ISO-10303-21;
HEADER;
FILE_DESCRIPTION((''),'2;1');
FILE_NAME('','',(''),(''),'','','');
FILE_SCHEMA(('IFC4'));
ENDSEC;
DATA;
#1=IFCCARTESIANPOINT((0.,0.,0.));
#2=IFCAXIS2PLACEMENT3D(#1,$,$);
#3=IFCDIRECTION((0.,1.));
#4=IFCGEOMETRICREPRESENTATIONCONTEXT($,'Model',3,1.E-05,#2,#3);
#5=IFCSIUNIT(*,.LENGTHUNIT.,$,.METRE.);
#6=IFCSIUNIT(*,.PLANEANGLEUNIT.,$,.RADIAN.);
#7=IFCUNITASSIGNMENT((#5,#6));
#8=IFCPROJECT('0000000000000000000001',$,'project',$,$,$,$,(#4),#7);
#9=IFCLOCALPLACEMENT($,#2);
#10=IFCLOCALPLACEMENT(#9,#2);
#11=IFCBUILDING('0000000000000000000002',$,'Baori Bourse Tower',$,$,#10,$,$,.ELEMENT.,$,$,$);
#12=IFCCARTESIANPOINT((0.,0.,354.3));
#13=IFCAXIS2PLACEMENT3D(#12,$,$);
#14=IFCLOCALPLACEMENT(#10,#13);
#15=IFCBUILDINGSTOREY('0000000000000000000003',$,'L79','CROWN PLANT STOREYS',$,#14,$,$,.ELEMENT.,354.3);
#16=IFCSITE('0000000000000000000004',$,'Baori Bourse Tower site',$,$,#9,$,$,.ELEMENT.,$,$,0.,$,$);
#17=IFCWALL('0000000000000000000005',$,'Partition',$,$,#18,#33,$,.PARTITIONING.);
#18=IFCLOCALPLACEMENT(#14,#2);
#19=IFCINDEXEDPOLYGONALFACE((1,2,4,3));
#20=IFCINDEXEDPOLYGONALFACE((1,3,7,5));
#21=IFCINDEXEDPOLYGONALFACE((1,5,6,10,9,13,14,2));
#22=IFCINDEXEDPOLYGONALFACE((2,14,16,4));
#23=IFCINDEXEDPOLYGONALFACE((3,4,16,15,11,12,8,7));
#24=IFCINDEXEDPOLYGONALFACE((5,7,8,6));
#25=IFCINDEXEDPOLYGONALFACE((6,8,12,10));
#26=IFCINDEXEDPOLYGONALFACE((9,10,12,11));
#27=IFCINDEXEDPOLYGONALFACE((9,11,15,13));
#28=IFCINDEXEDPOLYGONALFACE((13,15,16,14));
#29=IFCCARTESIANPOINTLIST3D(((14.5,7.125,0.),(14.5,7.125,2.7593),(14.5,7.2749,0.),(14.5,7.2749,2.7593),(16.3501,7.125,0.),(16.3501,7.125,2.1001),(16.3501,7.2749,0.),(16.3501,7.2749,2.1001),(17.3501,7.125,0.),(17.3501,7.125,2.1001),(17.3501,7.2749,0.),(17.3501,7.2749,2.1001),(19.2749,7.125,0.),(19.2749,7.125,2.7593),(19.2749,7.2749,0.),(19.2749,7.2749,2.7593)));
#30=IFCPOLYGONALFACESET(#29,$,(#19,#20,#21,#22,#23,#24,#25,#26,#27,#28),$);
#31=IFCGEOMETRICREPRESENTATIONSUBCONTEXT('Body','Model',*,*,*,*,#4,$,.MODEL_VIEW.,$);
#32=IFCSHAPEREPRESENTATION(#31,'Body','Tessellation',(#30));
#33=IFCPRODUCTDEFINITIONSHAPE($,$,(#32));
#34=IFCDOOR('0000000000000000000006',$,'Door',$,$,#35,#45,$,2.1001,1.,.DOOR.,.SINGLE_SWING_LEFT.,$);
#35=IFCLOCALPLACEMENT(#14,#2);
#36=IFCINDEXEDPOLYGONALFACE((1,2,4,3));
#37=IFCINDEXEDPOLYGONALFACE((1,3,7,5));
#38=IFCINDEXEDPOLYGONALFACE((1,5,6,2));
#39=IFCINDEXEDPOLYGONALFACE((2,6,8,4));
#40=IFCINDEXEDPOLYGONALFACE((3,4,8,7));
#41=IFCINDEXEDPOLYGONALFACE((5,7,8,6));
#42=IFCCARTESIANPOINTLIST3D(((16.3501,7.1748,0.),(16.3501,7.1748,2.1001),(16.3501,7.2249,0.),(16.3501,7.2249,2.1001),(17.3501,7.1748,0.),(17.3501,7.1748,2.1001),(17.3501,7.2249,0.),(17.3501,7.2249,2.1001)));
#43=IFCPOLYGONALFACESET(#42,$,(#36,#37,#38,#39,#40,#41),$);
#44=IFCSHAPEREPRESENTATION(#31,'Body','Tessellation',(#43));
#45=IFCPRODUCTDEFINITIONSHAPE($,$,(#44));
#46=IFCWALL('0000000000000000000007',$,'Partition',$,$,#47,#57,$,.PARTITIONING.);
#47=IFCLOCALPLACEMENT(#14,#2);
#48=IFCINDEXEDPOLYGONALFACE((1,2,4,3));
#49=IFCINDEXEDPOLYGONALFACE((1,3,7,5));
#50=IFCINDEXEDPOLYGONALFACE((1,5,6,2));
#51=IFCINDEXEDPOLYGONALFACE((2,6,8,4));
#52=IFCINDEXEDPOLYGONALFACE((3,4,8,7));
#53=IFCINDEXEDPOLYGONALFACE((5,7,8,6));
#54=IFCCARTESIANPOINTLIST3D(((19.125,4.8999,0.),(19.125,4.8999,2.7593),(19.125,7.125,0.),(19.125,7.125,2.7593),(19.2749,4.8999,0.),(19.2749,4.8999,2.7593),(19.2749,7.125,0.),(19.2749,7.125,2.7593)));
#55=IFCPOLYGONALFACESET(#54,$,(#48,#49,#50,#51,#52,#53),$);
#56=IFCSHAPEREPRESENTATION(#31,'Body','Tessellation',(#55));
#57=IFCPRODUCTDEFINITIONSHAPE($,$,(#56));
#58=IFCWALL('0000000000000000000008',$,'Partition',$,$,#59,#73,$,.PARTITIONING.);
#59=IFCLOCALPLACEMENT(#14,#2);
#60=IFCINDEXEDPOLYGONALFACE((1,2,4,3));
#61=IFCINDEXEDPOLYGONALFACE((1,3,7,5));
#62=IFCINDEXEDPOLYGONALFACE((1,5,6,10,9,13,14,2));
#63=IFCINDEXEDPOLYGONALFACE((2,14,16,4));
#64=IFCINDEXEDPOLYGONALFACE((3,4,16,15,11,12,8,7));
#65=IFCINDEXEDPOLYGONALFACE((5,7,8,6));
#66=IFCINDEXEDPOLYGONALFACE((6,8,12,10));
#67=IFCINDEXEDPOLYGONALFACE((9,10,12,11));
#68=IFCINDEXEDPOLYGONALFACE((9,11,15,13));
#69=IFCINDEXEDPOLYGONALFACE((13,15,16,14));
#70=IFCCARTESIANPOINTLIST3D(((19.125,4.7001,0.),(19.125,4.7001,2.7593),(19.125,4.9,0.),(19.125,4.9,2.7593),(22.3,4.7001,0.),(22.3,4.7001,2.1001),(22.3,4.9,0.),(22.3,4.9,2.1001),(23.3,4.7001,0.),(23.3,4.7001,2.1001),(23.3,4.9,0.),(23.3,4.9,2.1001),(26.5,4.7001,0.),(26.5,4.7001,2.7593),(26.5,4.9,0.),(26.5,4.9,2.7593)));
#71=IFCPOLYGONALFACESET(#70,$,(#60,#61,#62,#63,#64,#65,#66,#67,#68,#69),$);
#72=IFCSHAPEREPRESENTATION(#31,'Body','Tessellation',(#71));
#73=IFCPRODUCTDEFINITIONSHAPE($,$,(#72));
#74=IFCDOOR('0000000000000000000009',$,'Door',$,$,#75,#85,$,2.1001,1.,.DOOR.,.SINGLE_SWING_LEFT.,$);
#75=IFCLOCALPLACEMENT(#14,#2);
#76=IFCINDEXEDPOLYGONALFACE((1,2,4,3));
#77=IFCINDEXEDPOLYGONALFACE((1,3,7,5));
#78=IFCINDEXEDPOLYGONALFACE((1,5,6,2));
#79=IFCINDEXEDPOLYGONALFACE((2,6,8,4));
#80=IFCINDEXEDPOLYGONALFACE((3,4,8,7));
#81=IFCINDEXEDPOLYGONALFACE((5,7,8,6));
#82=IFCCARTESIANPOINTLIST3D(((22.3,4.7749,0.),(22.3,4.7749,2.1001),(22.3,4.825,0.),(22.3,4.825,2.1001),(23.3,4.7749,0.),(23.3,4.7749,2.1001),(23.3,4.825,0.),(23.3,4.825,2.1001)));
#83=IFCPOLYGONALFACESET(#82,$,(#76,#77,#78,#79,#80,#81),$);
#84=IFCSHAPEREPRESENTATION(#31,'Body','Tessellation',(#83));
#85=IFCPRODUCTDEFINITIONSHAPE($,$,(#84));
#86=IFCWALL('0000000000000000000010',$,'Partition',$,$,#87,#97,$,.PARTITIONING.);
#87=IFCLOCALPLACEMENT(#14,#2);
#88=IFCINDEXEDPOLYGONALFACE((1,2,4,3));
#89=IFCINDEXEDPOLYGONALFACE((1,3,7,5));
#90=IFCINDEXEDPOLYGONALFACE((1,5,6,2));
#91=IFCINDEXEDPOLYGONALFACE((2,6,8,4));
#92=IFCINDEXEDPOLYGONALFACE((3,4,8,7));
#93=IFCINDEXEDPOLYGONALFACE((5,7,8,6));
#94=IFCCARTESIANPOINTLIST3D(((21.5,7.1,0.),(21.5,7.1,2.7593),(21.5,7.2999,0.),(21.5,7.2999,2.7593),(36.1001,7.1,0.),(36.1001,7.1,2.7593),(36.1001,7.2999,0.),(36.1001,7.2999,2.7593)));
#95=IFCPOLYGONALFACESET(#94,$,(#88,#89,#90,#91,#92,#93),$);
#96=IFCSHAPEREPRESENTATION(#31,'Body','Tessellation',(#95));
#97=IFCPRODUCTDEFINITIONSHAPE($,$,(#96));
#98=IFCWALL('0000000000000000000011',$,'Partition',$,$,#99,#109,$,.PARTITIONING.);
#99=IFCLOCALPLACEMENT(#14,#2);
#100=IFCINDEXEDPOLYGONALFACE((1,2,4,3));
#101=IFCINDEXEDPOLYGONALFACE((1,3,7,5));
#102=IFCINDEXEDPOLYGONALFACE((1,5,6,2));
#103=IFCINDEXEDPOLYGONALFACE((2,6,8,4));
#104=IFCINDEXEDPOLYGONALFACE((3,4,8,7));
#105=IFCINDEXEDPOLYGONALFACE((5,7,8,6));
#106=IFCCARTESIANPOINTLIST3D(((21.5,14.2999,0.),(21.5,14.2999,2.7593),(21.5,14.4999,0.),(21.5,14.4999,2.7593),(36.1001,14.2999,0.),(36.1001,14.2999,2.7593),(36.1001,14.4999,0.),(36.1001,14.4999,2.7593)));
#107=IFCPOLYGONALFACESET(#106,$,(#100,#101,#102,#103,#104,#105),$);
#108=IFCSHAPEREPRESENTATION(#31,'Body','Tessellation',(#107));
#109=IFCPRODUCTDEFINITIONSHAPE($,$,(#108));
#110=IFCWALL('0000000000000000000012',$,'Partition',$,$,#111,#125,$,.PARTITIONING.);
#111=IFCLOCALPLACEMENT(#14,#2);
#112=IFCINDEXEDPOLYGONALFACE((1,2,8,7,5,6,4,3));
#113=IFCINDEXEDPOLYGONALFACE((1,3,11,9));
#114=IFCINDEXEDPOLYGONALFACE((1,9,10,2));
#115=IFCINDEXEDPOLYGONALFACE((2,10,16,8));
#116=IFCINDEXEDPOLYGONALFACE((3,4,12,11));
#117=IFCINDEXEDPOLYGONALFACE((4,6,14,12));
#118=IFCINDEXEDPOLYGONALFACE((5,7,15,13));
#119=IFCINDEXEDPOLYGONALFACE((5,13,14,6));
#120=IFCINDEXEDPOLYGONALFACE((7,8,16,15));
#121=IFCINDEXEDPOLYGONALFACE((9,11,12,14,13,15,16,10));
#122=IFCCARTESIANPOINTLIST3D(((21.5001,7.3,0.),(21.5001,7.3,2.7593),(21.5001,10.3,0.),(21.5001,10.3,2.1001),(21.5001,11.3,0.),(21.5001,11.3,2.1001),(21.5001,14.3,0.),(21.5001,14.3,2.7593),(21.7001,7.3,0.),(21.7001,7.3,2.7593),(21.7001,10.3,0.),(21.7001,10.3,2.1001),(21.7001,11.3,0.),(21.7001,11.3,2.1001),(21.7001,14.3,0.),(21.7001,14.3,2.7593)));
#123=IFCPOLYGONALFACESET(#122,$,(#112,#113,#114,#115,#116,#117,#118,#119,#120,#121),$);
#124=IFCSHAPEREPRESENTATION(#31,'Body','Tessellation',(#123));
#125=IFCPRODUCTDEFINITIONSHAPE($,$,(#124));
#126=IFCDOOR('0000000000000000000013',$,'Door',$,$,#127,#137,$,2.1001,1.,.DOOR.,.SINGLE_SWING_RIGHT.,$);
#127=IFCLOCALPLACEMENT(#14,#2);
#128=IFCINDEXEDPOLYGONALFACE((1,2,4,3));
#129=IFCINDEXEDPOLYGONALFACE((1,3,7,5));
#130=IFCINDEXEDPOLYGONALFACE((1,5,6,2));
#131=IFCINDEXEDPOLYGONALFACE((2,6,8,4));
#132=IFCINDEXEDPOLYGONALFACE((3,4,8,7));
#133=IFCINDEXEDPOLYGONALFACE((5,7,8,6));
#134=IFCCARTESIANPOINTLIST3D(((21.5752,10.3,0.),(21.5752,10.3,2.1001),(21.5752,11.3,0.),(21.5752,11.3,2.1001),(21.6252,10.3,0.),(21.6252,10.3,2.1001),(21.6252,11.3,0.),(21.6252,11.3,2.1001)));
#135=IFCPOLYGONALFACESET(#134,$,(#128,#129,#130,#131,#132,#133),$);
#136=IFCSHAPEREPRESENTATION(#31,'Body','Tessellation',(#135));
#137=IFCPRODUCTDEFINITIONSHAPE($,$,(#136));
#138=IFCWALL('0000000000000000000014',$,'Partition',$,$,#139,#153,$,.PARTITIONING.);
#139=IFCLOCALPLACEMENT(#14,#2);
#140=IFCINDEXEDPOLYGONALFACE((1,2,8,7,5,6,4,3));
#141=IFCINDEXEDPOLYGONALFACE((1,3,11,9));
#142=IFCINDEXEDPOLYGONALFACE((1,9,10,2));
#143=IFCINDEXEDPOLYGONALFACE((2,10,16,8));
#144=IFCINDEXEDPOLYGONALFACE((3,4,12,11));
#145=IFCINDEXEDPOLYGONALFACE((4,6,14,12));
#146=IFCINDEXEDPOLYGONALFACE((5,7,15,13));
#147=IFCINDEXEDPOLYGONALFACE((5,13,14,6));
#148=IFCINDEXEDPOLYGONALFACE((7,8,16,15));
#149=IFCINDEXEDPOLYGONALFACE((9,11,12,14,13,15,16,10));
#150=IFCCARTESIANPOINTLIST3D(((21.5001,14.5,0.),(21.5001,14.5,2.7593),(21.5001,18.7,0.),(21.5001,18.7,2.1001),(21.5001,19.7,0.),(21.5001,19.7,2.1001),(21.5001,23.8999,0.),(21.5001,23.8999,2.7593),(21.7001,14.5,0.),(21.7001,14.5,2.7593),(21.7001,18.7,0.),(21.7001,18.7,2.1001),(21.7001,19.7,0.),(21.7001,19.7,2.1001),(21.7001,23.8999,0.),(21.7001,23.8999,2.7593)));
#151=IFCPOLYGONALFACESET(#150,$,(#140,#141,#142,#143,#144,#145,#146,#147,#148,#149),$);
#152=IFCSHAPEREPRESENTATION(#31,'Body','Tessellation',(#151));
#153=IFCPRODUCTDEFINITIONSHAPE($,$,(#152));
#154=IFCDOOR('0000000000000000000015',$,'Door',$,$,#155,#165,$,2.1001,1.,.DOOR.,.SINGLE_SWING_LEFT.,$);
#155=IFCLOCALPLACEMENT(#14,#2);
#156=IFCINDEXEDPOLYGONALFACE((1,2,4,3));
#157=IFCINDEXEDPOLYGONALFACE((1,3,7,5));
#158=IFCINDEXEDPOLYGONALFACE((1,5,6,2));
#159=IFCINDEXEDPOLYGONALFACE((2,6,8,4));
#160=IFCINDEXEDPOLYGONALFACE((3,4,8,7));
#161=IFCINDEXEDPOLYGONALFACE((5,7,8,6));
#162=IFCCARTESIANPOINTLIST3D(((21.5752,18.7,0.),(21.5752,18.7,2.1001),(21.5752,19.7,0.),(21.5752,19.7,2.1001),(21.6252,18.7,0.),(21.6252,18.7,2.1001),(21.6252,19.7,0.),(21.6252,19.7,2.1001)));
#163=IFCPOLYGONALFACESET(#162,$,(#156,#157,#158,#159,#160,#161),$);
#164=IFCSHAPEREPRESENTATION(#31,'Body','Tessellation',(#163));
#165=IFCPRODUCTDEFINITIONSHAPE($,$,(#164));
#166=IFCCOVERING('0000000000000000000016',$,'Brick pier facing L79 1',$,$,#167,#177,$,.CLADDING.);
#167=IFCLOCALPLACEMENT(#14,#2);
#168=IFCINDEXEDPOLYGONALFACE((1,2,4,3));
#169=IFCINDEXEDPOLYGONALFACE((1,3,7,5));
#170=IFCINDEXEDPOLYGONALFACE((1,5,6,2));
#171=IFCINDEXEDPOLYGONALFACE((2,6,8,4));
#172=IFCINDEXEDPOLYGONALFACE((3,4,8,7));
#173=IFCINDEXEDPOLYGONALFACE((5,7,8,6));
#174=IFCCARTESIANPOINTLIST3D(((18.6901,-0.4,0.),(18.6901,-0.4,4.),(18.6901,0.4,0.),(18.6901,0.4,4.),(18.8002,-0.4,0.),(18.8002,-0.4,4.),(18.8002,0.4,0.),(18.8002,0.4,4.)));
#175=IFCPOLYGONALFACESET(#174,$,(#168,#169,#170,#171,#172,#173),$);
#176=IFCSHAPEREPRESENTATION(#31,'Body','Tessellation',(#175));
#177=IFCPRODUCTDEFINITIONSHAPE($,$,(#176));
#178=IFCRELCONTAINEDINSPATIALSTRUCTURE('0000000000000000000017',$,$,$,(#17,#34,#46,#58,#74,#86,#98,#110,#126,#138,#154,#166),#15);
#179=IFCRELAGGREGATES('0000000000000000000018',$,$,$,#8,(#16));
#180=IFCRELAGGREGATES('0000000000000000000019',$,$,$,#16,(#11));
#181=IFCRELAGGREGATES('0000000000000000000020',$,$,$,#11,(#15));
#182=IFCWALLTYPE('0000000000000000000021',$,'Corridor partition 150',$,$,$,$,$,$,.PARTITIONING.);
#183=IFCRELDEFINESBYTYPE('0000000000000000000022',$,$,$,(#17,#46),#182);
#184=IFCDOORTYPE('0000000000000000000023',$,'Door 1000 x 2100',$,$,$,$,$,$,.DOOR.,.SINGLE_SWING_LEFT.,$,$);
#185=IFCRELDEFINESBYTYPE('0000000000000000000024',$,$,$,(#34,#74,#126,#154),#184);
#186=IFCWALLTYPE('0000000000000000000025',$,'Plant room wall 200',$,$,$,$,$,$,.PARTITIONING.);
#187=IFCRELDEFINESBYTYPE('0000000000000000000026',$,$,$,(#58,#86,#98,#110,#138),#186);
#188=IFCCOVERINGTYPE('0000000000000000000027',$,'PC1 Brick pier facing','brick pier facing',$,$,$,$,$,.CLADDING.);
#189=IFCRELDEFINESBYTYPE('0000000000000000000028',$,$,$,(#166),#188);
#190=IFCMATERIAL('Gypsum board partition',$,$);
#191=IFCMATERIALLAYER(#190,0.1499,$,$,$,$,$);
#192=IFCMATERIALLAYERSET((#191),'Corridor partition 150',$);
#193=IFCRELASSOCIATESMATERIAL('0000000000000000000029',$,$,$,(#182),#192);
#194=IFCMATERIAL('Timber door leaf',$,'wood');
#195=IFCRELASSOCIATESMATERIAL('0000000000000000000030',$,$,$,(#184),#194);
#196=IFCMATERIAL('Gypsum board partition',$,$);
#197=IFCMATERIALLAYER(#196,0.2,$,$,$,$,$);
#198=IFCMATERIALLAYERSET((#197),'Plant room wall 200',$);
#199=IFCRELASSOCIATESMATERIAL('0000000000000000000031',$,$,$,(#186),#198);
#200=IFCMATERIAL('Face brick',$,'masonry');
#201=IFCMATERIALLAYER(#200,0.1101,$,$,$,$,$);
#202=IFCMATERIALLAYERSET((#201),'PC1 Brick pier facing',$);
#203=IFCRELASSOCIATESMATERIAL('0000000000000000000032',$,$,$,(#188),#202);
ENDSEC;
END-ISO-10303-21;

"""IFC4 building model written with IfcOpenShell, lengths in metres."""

from ifc_helpers import new_model, si_unit, direction, frame, frame_2d, origin, origin_2d, place, context, subcontext, project, spatial, rectangle, extrude, material, layer, layer_set, type_object, element, fill, save


model = new_model("IFC4")

# Units and contexts
model_context = context("Model", 3, precision=1e-05, world=origin(), true_north=direction((0.0, 1.0)))
body_context = subcontext(model_context, "Body", "Model", "MODEL_VIEW")
ifc_project = project(units=[si_unit("LENGTHUNIT", "METRE"), si_unit("PLANEANGLEUNIT", "RADIAN")], contexts=[model_context])

# Site, building, storey
site_placement = place(None, origin())
site = spatial("IfcSite", under=ifc_project, at=site_placement, Name="Baori Bourse Tower site", CompositionType="ELEMENT", RefElevation=0.0)
building_placement = place(site_placement, origin())
building = spatial("IfcBuilding", under=site, at=building_placement, Name="Baori Bourse Tower", CompositionType="ELEMENT")
storey_placement = place(building_placement, frame((0.0, 0.0, 354.3)))
storey = spatial("IfcBuildingStorey", under=building, at=storey_placement, Name="L79", Description="CROWN PLANT STOREYS", CompositionType="ELEMENT", Elevation=354.3)

# Wall, opening, door
ifc_material_1 = material(Name="Gypsum board partition")
ifc_layer_1 = layer(ifc_material_1, 0.1499)
ifc_layer_set_1 = layer_set([ifc_layer_1], Name="Corridor partition 150")
wall_type_1 = type_object("IfcWallType", Name="Corridor partition 150", PredefinedType="PARTITIONING", material=ifc_layer_set_1)
wall_1_placement = place(storey_placement, frame((14.5, 7.2, 0.0), z_axis=(0.0, 0.0, 1.0), x_axis=(1.0, 0.0, 0.0)))
wall_1 = element("IfcWall", 1, at=wall_1_placement, inside=storey, type_object=wall_type_1, Name="Partition", PredefinedType="PARTITIONING", context=body_context, shape_type="SweptSolid", body=[
    extrude(rectangle(XDim=4.7749, YDim=0.1499, at=frame_2d((2.3875, 0.0))), origin(), (0.0, 0.0, 1.0), 2.7593),
])
opening_1_placement = place(wall_1_placement, frame((1.8501, 0.0, 0.0)))
opening_1 = element("IfcOpeningElement", 2, at=opening_1_placement, cuts=wall_1, PredefinedType="OPENING", context=body_context, shape_type="SweptSolid", body=[
    extrude(rectangle(XDim=1.0, YDim=2.1001, at=frame_2d((0.5, 1.05))), frame((0.0, 0.085, 0.0), z_axis=(0.0, -1.0, 0.0), x_axis=(1.0, 0.0, 0.0)), (0.0, 0.0, 1.0), 0.1699),
])
ifc_material_2 = material(Name="Timber door leaf", Category="wood")
door_type_1 = type_object("IfcDoorType", Name="Door 1000 x 2100", OperationType="SINGLE_SWING_LEFT", PredefinedType="DOOR", material=ifc_material_2)
door_1_placement = place(opening_1_placement, origin())
door_1 = element("IfcDoor", 3, at=door_1_placement, inside=storey, type_object=door_type_1, Name="Door", OperationType="SINGLE_SWING_LEFT", OverallHeight=2.1001, OverallWidth=1.0, PredefinedType="DOOR", context=body_context, shape_type="SweptSolid", body=[
    extrude(rectangle(XDim=1.0, YDim=2.1001, at=frame_2d((0.5, 1.05))), frame((0.0, 0.0249, 0.0), z_axis=(0.0, -1.0, 0.0), x_axis=(1.0, 0.0, 0.0)), (0.0, 0.0, 1.0), 0.05),
])
fill(opening_1, door_1)

# Wall
wall_2_placement = place(storey_placement, frame((19.2, 4.8999, 0.0), z_axis=(0.0, 0.0, 1.0), x_axis=(0.0, 1.0, 0.0)))
element("IfcWall", 4, at=wall_2_placement, inside=storey, type_object=wall_type_1, Name="Partition", PredefinedType="PARTITIONING", context=body_context, shape_type="SweptSolid", body=[
    extrude(rectangle(XDim=2.2251, YDim=0.1499, at=frame_2d((1.1125, 0.0))), origin(), (0.0, 0.0, 1.0), 2.7593),
])

# Wall, opening, door
ifc_material_3 = material(Name="Gypsum board partition")
ifc_layer_2 = layer(ifc_material_3, 0.2)
ifc_layer_set_2 = layer_set([ifc_layer_2], Name="Plant room wall 200")
wall_type_2 = type_object("IfcWallType", Name="Plant room wall 200", PredefinedType="PARTITIONING", material=ifc_layer_set_2)
wall_3_placement = place(storey_placement, frame((19.125, 4.8, 0.0), z_axis=(0.0, 0.0, 1.0), x_axis=(1.0, 0.0, 0.0)))
wall_3 = element("IfcWall", 5, at=wall_3_placement, inside=storey, type_object=wall_type_2, Name="Partition", PredefinedType="PARTITIONING", context=body_context, shape_type="SweptSolid", body=[
    extrude(rectangle(XDim=7.375, YDim=0.2, at=frame_2d((3.6875, 0.0))), origin(), (0.0, 0.0, 1.0), 2.7593),
])
opening_2_placement = place(wall_3_placement, frame((3.175, 0.0, 0.0)))
opening_2 = element("IfcOpeningElement", 6, at=opening_2_placement, cuts=wall_3, PredefinedType="OPENING", context=body_context, shape_type="SweptSolid", body=[
    extrude(rectangle(XDim=1.0, YDim=2.1001, at=frame_2d((0.5, 1.05))), frame((0.0, 0.1099, 0.0), z_axis=(0.0, -1.0, 0.0), x_axis=(1.0, 0.0, 0.0)), (0.0, 0.0, 1.0), 0.22),
])
door_2_placement = place(opening_2_placement, origin())
door_2 = element("IfcDoor", 7, at=door_2_placement, inside=storey, type_object=door_type_1, Name="Door", OperationType="SINGLE_SWING_LEFT", OverallHeight=2.1001, OverallWidth=1.0, PredefinedType="DOOR", context=body_context, shape_type="SweptSolid", body=[
    extrude(rectangle(XDim=1.0, YDim=2.1001, at=frame_2d((0.5, 1.05))), frame((0.0, 0.0249, 0.0), z_axis=(0.0, -1.0, 0.0), x_axis=(1.0, 0.0, 0.0)), (0.0, 0.0, 1.0), 0.05),
])
fill(opening_2, door_2)

# Walls
for number, where, z_axis, x_axis, name in (
    (8, (21.5, 7.2, 0.0), (0.0, 0.0, 1.0), (1.0, 0.0, 0.0), "Partition"),
    (9, (21.5, 14.3999, 0.0), (0.0, 0.0, 1.0), (1.0, 0.0, 0.0), "Partition"),
):
    element("IfcWall", number, at=place(storey_placement, frame(where, z_axis=z_axis, x_axis=x_axis)), inside=storey, type_object=wall_type_2, Name=name, PredefinedType="PARTITIONING", context=body_context, shape_type="SweptSolid", body=[
        extrude(rectangle(XDim=14.6001, YDim=0.2, at=frame_2d((7.3, 0.0))), origin(), (0.0, 0.0, 1.0), 2.7593),
    ])

# Walls, openings, doors
wall_4_placement = place(storey_placement, frame((21.6001, 7.3, 0.0), z_axis=(0.0, 0.0, 1.0), x_axis=(0.0, 1.0, 0.0)))
wall_4 = element("IfcWall", 10, at=wall_4_placement, inside=storey, type_object=wall_type_2, Name="Partition", PredefinedType="PARTITIONING", context=body_context, shape_type="SweptSolid", body=[
    extrude(rectangle(XDim=7.0, YDim=0.2, at=frame_2d((3.5, 0.0))), origin(), (0.0, 0.0, 1.0), 2.7593),
])
opening_3_placement = place(wall_4_placement, frame((3.0, 0.0, 0.0)))
opening_3 = element("IfcOpeningElement", 11, at=opening_3_placement, cuts=wall_4, PredefinedType="OPENING", context=body_context, shape_type="SweptSolid", body=[
    extrude(rectangle(XDim=1.0, YDim=2.1001, at=frame_2d((0.5, 1.05))), frame((0.0, 0.1099, 0.0), z_axis=(0.0, -1.0, 0.0), x_axis=(1.0, 0.0, 0.0)), (0.0, 0.0, 1.0), 0.22),
])
door_3_placement = place(opening_3_placement, origin())
door_3 = element("IfcDoor", 12, at=door_3_placement, inside=storey, type_object=door_type_1, Name="Door", OperationType="SINGLE_SWING_RIGHT", OverallHeight=2.1001, OverallWidth=1.0, PredefinedType="DOOR", context=body_context, shape_type="SweptSolid", body=[
    extrude(rectangle(XDim=1.0, YDim=2.1001, at=frame_2d((0.5, 1.05))), frame((0.0, 0.0249, 0.0), z_axis=(0.0, -1.0, 0.0), x_axis=(1.0, 0.0, 0.0)), (0.0, 0.0, 1.0), 0.05),
])
fill(opening_3, door_3)
wall_5_placement = place(storey_placement, frame((21.6001, 14.5, 0.0), z_axis=(0.0, 0.0, 1.0), x_axis=(0.0, 1.0, 0.0)))
wall_5 = element("IfcWall", 13, at=wall_5_placement, inside=storey, type_object=wall_type_2, Name="Partition", PredefinedType="PARTITIONING", context=body_context, shape_type="SweptSolid", body=[
    extrude(rectangle(XDim=9.3999, YDim=0.2, at=frame_2d((4.7, 0.0))), origin(), (0.0, 0.0, 1.0), 2.7593),
])
opening_4_placement = place(wall_5_placement, frame((4.2, 0.0, 0.0)))
opening_4 = element("IfcOpeningElement", 14, at=opening_4_placement, cuts=wall_5, PredefinedType="OPENING", context=body_context, shape_type="SweptSolid", body=[
    extrude(rectangle(XDim=1.0, YDim=2.1001, at=frame_2d((0.5, 1.05))), frame((0.0, 0.1099, 0.0), z_axis=(0.0, -1.0, 0.0), x_axis=(1.0, 0.0, 0.0)), (0.0, 0.0, 1.0), 0.22),
])
door_4_placement = place(opening_4_placement, origin())
door_4 = element("IfcDoor", 15, at=door_4_placement, inside=storey, type_object=door_type_1, Name="Door", OperationType="SINGLE_SWING_LEFT", OverallHeight=2.1001, OverallWidth=1.0, PredefinedType="DOOR", context=body_context, shape_type="SweptSolid", body=[
    extrude(rectangle(XDim=1.0, YDim=2.1001, at=frame_2d((0.5, 1.05))), frame((0.0, 0.0249, 0.0), z_axis=(0.0, -1.0, 0.0), x_axis=(1.0, 0.0, 0.0)), (0.0, 0.0, 1.0), 0.05),
])
fill(opening_4, door_4)

# Covering
ifc_material_4 = material(Name="Face brick", Category="masonry")
ifc_layer_3 = layer(ifc_material_4, 0.1101)
ifc_layer_set_3 = layer_set([ifc_layer_3], Name="PC1 Brick pier facing")
covering_type = type_object("IfcCoveringType", Name="PC1 Brick pier facing", Description="brick pier facing", PredefinedType="CLADDING", material=ifc_layer_set_3)
covering_placement = place(storey_placement, frame((18.7451, 0.0, 0.0), z_axis=(0.0, 0.0, 1.0), x_axis=(1.0, 0.0, 0.0)))
element("IfcCovering", 16, at=covering_placement, inside=storey, type_object=covering_type, Name="Brick pier facing L79 1", PredefinedType="CLADDING", context=body_context, shape_type="SweptSolid", body=[
    extrude(rectangle(XDim=0.1101, YDim=0.8, at=origin_2d()), origin(), (0.0, 0.0, 1.0), 4.0),
])

save(model, "model.ifc")
